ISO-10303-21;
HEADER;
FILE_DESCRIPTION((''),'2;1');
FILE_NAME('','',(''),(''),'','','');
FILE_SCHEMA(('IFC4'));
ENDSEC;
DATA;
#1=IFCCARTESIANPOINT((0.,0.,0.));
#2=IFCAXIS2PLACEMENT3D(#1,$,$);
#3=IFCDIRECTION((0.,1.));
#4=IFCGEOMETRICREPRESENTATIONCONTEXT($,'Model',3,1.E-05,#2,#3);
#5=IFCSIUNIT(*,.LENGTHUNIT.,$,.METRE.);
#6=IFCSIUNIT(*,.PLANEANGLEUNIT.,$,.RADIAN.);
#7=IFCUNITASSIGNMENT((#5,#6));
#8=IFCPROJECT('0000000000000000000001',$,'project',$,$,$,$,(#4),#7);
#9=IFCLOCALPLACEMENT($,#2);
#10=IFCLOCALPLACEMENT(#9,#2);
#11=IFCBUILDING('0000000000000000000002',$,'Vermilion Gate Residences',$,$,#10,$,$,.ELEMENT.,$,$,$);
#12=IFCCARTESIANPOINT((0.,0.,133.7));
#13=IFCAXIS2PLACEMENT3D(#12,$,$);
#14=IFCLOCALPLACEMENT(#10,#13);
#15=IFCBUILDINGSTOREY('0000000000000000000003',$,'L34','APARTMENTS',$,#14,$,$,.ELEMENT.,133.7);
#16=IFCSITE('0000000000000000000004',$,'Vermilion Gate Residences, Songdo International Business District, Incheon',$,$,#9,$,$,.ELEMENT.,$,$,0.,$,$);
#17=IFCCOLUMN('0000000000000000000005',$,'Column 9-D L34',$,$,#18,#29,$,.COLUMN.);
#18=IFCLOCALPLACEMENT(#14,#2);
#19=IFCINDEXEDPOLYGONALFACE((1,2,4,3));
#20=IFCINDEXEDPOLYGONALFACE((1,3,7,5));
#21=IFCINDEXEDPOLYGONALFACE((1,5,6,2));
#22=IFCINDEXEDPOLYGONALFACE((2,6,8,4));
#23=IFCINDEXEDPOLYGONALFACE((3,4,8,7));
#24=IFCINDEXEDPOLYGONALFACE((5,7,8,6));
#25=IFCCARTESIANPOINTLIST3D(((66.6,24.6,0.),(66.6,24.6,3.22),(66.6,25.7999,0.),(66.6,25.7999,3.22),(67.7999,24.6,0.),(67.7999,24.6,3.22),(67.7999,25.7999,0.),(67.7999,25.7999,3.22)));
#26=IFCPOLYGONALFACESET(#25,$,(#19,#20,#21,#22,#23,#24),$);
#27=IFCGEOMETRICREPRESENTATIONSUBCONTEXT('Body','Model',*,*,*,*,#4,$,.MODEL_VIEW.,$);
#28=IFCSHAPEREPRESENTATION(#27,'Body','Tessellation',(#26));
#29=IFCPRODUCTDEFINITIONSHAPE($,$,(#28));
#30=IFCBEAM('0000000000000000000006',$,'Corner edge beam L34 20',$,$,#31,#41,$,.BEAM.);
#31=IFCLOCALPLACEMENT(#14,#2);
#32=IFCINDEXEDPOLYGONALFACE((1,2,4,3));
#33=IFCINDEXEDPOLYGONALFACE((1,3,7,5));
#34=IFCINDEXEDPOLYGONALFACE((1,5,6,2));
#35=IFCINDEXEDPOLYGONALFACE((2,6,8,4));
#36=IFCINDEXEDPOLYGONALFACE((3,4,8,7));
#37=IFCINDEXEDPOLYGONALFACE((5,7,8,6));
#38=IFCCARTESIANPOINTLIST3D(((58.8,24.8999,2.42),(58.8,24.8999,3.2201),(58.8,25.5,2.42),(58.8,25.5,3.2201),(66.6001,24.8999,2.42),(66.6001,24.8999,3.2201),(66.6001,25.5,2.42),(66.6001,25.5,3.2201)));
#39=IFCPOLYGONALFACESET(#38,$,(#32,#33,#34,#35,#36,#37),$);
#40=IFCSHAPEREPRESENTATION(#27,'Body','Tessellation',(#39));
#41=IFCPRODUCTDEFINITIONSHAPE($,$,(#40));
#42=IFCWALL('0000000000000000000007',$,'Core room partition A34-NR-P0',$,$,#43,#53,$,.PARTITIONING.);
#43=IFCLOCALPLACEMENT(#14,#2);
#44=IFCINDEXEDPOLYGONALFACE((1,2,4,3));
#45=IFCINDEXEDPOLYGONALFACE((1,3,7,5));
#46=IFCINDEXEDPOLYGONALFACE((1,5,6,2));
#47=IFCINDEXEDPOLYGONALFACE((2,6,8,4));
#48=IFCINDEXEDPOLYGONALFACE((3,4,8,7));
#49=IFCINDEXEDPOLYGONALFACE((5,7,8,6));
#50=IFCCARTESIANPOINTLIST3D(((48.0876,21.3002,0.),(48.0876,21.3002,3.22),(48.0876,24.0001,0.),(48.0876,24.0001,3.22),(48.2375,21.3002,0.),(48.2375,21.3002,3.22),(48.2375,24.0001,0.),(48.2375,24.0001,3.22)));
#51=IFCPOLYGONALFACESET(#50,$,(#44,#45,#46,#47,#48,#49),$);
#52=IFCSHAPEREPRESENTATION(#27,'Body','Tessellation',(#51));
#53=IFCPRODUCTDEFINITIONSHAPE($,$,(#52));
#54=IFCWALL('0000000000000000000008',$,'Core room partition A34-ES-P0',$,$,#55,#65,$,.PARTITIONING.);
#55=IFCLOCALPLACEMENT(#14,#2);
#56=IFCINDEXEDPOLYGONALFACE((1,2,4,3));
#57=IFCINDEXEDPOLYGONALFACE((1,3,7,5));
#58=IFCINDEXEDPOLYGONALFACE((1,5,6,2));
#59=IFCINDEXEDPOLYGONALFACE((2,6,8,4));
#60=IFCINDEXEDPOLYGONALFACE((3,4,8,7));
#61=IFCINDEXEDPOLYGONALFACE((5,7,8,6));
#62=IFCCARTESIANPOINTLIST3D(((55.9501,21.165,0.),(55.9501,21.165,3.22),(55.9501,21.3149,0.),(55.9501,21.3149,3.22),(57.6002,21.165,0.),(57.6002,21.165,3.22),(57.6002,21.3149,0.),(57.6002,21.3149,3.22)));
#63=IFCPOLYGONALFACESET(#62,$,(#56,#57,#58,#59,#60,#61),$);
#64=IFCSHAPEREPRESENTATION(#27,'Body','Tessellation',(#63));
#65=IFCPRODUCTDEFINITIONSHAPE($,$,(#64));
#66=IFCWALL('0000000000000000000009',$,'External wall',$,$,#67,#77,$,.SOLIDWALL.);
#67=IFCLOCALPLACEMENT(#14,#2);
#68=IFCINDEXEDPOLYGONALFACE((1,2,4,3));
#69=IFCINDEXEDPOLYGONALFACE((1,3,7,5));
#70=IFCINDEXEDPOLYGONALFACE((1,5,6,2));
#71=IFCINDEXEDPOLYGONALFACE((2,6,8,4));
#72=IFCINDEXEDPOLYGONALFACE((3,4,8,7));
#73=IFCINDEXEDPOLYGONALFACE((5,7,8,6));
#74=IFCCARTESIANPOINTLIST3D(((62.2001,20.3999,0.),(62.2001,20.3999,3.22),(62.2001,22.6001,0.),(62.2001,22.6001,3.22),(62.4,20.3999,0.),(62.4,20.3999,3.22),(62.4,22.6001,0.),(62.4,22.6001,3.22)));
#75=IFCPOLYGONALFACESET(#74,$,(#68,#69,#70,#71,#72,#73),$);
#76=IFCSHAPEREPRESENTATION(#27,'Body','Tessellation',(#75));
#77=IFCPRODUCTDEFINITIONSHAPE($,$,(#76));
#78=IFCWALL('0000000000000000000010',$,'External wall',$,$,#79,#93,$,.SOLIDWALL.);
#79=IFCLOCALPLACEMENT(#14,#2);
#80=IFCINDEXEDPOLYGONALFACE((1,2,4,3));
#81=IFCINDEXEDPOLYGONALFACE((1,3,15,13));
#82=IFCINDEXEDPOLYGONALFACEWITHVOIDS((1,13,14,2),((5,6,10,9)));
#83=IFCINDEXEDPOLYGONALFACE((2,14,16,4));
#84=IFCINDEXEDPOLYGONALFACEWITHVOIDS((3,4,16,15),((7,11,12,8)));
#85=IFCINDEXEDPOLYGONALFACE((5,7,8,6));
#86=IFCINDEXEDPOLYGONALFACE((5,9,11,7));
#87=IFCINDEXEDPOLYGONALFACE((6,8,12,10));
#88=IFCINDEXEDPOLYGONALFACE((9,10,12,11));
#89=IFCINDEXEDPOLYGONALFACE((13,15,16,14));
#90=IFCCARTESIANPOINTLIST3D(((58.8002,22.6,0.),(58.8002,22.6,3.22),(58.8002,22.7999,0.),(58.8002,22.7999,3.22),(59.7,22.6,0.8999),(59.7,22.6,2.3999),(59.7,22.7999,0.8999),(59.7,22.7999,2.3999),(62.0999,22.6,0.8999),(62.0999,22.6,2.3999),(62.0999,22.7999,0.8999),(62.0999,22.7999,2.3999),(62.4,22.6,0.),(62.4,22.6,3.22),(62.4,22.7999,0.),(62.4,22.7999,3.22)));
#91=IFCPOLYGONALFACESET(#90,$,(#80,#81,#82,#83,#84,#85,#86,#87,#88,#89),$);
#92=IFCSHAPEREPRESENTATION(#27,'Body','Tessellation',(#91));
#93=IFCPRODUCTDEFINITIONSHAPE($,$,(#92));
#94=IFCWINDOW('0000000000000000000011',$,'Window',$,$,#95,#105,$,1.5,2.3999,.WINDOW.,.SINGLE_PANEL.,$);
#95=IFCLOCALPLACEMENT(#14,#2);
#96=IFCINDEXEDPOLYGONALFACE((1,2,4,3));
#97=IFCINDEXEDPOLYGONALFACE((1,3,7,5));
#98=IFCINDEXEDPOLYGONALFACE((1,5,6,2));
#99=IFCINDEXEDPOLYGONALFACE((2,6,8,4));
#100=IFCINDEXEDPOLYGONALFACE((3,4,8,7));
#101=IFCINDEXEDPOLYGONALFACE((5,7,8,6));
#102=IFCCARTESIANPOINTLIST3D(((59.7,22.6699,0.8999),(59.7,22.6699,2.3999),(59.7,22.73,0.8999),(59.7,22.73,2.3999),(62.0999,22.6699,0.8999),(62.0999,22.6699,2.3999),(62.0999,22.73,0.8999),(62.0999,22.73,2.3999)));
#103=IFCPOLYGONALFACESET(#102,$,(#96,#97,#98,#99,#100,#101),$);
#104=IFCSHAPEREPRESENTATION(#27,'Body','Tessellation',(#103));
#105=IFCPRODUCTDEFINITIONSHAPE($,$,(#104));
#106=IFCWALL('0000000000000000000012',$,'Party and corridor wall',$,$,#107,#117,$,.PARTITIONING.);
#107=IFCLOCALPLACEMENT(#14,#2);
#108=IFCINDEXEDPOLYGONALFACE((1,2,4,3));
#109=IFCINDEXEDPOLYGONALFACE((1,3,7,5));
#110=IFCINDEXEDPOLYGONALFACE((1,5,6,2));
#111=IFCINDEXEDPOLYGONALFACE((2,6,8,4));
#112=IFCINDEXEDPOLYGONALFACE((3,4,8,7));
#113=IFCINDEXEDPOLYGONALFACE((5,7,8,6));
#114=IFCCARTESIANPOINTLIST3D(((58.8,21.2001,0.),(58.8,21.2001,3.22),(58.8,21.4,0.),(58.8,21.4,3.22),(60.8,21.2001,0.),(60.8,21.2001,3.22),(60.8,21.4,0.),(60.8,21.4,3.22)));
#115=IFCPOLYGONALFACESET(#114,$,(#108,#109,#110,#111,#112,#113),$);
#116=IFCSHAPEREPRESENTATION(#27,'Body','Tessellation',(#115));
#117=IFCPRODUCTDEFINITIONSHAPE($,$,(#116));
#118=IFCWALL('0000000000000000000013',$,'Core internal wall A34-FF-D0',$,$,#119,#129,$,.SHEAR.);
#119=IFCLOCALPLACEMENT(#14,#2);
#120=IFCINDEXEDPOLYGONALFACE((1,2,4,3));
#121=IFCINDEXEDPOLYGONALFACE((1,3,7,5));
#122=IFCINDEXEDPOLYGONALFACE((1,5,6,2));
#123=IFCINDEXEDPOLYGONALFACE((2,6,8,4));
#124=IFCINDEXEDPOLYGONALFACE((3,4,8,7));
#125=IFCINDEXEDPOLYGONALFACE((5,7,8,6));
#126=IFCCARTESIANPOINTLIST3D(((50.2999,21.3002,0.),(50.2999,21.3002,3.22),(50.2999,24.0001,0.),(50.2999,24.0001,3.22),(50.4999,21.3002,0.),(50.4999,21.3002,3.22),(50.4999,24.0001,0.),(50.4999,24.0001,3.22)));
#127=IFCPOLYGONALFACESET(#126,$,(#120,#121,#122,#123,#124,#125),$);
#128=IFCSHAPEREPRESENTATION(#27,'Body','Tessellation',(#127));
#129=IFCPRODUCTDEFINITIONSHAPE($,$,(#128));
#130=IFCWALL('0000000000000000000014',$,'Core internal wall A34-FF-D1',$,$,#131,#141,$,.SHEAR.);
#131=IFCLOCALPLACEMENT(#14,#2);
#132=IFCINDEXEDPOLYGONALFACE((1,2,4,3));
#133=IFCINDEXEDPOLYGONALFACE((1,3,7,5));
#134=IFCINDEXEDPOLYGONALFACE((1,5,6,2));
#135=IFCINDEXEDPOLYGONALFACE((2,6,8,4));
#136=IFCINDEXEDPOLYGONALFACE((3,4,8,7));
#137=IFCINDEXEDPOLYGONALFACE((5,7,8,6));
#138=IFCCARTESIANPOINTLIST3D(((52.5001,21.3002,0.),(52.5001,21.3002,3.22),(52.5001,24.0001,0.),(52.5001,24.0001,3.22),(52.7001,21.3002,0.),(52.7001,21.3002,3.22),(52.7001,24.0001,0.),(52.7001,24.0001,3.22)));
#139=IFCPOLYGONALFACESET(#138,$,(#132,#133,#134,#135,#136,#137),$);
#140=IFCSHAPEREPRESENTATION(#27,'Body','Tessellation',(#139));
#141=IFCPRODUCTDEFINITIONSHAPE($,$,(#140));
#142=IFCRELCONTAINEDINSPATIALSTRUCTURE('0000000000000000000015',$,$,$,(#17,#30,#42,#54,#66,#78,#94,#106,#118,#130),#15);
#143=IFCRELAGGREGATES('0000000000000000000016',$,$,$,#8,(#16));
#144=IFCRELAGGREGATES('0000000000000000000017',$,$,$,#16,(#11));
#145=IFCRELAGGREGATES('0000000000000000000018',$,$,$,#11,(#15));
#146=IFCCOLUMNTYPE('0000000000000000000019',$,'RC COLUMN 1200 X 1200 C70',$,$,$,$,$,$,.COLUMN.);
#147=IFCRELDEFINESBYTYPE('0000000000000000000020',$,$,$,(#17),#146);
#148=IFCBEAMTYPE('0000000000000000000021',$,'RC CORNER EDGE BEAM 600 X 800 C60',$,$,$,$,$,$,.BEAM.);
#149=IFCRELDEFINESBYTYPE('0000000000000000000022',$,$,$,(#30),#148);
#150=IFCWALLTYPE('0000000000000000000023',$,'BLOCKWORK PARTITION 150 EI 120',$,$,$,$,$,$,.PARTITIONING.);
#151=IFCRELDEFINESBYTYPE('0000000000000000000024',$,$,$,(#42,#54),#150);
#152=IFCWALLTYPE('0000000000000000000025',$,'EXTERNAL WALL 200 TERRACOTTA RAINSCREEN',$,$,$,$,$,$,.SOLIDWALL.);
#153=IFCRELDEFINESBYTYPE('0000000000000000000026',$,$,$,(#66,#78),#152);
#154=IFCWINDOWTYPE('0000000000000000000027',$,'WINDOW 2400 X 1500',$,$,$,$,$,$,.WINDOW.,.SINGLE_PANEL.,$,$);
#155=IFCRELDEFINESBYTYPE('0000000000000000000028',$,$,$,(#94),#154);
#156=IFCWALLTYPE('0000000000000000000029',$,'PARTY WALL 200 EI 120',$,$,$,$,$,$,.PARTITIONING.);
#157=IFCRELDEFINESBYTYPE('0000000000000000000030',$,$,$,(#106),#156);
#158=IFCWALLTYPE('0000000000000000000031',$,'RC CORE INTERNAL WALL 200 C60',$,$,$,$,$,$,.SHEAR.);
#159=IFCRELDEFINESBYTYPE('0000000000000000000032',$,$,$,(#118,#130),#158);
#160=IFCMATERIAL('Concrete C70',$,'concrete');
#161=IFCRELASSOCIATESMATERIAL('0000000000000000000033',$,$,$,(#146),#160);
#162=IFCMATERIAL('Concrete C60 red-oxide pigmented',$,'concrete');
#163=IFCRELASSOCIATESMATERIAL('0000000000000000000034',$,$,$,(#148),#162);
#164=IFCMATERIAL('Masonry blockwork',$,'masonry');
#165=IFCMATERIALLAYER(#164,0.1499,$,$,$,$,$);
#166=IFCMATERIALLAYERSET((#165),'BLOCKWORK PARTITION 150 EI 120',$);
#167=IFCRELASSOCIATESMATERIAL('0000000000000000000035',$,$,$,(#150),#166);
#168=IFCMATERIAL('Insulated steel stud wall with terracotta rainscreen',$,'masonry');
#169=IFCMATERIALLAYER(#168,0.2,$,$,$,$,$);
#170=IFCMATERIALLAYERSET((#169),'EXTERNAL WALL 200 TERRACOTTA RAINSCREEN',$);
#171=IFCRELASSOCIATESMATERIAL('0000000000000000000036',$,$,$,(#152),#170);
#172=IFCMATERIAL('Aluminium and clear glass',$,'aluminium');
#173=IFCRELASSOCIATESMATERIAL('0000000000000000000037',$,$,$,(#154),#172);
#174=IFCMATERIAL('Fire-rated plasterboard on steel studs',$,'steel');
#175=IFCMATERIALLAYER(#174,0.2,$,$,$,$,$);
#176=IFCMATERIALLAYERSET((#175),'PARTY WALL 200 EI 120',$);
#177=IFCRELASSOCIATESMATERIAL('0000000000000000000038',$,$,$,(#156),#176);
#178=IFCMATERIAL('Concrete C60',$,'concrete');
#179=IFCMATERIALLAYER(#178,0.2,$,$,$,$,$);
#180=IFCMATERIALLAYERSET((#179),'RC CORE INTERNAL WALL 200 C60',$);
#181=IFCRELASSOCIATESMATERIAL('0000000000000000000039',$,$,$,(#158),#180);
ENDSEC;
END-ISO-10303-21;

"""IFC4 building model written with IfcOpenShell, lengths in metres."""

from ifc_helpers import new_model, si_unit, direction, frame, frame_2d, origin, origin_2d, place, context, subcontext, project, spatial, rectangle, extrude, material, layer, layer_set, material_profile, profile_set, type_object, element, fill, save


model = new_model("IFC4")

# Units and contexts
model_context = context("Model", 3, precision=1e-05, world=origin(), true_north=direction((0.0, 1.0)))
body_context = subcontext(model_context, "Body", "Model", "MODEL_VIEW")
ifc_project = project(units=[si_unit("LENGTHUNIT", "METRE"), si_unit("PLANEANGLEUNIT", "RADIAN")], contexts=[model_context])

# Site, building, storey
site_placement = place(None, origin())
site = spatial("IfcSite", under=ifc_project, at=site_placement, Name="Vermilion Gate Residences, Songdo International Business District, Incheon", CompositionType="ELEMENT", RefElevation=0.0)
building_placement = place(site_placement, origin())
building = spatial("IfcBuilding", under=site, at=building_placement, Name="Vermilion Gate Residences", CompositionType="ELEMENT")
storey_placement = place(building_placement, frame((0.0, 0.0, 133.7)))
storey = spatial("IfcBuildingStorey", under=building, at=storey_placement, Name="L34", Description="APARTMENTS", CompositionType="ELEMENT", Elevation=133.7)

# Column
ifc_material_1 = material(Name="Concrete C70", Category="concrete")
ifc_material_profile_1 = material_profile(ifc_material_1, rectangle(XDim=1.2, YDim=1.2, at=origin_2d()), Name="RC-1200x1200")
ifc_profile_set_1 = profile_set([ifc_material_profile_1], Name="Concrete C70")
column_type = type_object("IfcColumnType", Name="RC COLUMN 1200 X 1200 C70", PredefinedType="COLUMN", material=ifc_profile_set_1)
column_placement = place(storey_placement, frame((67.2, 25.2, 0.0), z_axis=(0.0, 0.0, 1.0), x_axis=(1.0, 0.0, 0.0)))
element("IfcColumn", 1, at=column_placement, inside=storey, type_object=column_type, Name="Column 9-D L34", PredefinedType="COLUMN", context=body_context, shape_type="SweptSolid", body=[
    extrude(rectangle(XDim=1.2, YDim=1.2, at=origin_2d()), origin(), (0.0, 0.0, 1.0), 3.22),
])

# Beam
ifc_material_2 = material(Name="Concrete C60 red-oxide pigmented", Category="concrete")
ifc_material_profile_2 = material_profile(ifc_material_2, rectangle(XDim=0.6001, YDim=0.8, at=origin_2d()), Name="RC-600x800")
ifc_profile_set_2 = profile_set([ifc_material_profile_2], Name="Concrete C60 red-oxide pigmented")
beam_type = type_object("IfcBeamType", Name="RC CORNER EDGE BEAM 600 X 800 C60", PredefinedType="BEAM", material=ifc_profile_set_2)
beam_placement = place(storey_placement, frame((58.8, 25.2, 2.8201), z_axis=(1.0, 0.0, 0.0), x_axis=(0.0, 1.0, 0.0)))
element("IfcBeam", 2, at=beam_placement, inside=storey, type_object=beam_type, Name="Corner edge beam L34 20", PredefinedType="BEAM", context=body_context, shape_type="SweptSolid", body=[
    extrude(rectangle(XDim=0.6001, YDim=0.8, at=origin_2d()), origin(), (0.0, 0.0, 1.0), 7.8),
])

# Walls
ifc_material_3 = material(Name="Masonry blockwork", Category="masonry")
ifc_layer_1 = layer(ifc_material_3, 0.1499)
ifc_layer_set_1 = layer_set([ifc_layer_1], Name="BLOCKWORK PARTITION 150 EI 120")
wall_type_1 = type_object("IfcWallType", Name="BLOCKWORK PARTITION 150 EI 120", PredefinedType="PARTITIONING", material=ifc_layer_set_1)
wall_1_placement = place(storey_placement, frame((48.1626, 21.3, 0.0), z_axis=(0.0, 0.0, 1.0), x_axis=(0.0, 1.0, 0.0)))
element("IfcWall", 3, at=wall_1_placement, inside=storey, type_object=wall_type_1, Name="Core room partition A34-NR-P0", PredefinedType="PARTITIONING", context=body_context, shape_type="SweptSolid", body=[
    extrude(rectangle(XDim=2.7, YDim=0.1499, at=frame_2d((1.3501, 0.0))), origin(), (0.0, 0.0, 1.0), 3.22),
])
wall_2_placement = place(storey_placement, frame((55.95, 21.24, 0.0), z_axis=(0.0, 0.0, 1.0), x_axis=(1.0, 0.0, 0.0)))
element("IfcWall", 4, at=wall_2_placement, inside=storey, type_object=wall_type_1, Name="Core room partition A34-ES-P0", PredefinedType="PARTITIONING", context=body_context, shape_type="SweptSolid", body=[
    extrude(rectangle(XDim=1.6501, YDim=0.1499, at=frame_2d((0.8252, 0.0))), origin(), (0.0, 0.0, 1.0), 3.22),
])
ifc_material_4 = material(Name="Insulated steel stud wall with terracotta rainscreen", Category="masonry")
ifc_layer_2 = layer(ifc_material_4, 0.2)
ifc_layer_set_2 = layer_set([ifc_layer_2], Name="EXTERNAL WALL 200 TERRACOTTA RAINSCREEN")
wall_type_2 = type_object("IfcWallType", Name="EXTERNAL WALL 200 TERRACOTTA RAINSCREEN", PredefinedType="SOLIDWALL", material=ifc_layer_set_2)
wall_3_placement = place(storey_placement, frame((62.3, 20.3999, 0.0), z_axis=(0.0, 0.0, 1.0), x_axis=(0.0, 1.0, 0.0)))
element("IfcWall", 5, at=wall_3_placement, inside=storey, type_object=wall_type_2, Name="External wall", PredefinedType="SOLIDWALL", context=body_context, shape_type="SweptSolid", body=[
    extrude(rectangle(XDim=2.2002, YDim=0.2, at=frame_2d((1.1001, 0.0))), origin(), (0.0, 0.0, 1.0), 3.22),
])

# Wall, opening, window
wall_4_placement = place(storey_placement, frame((62.3999, 22.7, 0.0), z_axis=(0.0, 0.0, 1.0), x_axis=(-1.0, 0.0, 0.0)))
wall_4 = element("IfcWall", 6, at=wall_4_placement, inside=storey, type_object=wall_type_2, Name="External wall", PredefinedType="SOLIDWALL", context=body_context, shape_type="SweptSolid", body=[
    extrude(rectangle(XDim=3.5999, YDim=0.2, at=frame_2d((1.7998, 0.0))), origin(), (0.0, 0.0, 1.0), 3.22),
])
opening_1_placement = place(wall_4_placement, frame((0.3, 0.0, 0.8999)))
opening_1 = element("IfcOpeningElement", 7, at=opening_1_placement, cuts=wall_4, PredefinedType="OPENING", context=body_context, shape_type="SweptSolid", body=[
    extrude(rectangle(XDim=2.3999, YDim=1.5, at=frame_2d((1.2, 0.75))), frame((0.0, 0.1099, 0.0), z_axis=(0.0, -1.0, 0.0), x_axis=(1.0, 0.0, 0.0)), (0.0, 0.0, 1.0), 0.22),
])
ifc_material_5 = material(Name="Aluminium and clear glass", Category="aluminium")
window_type = type_object("IfcWindowType", Name="WINDOW 2400 X 1500", PartitioningType="SINGLE_PANEL", PredefinedType="WINDOW", material=ifc_material_5)
window_placement = place(opening_1_placement, origin())
window = element("IfcWindow", 8, at=window_placement, inside=storey, type_object=window_type, Name="Window", OverallHeight=1.5, OverallWidth=2.3999, PartitioningType="SINGLE_PANEL", PredefinedType="WINDOW", context=body_context, shape_type="SweptSolid", body=[
    extrude(rectangle(XDim=2.3999, YDim=1.5, at=frame_2d((1.2, 0.75))), frame((0.0, 0.03, 0.0), z_axis=(0.0, -1.0, 0.0), x_axis=(1.0, 0.0, 0.0)), (0.0, 0.0, 1.0), 0.0601),
])
fill(opening_1, window)

# Walls
ifc_material_6 = material(Name="Fire-rated plasterboard on steel studs", Category="steel")
ifc_layer_3 = layer(ifc_material_6, 0.2)
ifc_layer_set_3 = layer_set([ifc_layer_3], Name="PARTY WALL 200 EI 120")
wall_type_3 = type_object("IfcWallType", Name="PARTY WALL 200 EI 120", PredefinedType="PARTITIONING", material=ifc_layer_set_3)
wall_5_placement = place(storey_placement, frame((58.8, 21.3, 0.0), z_axis=(0.0, 0.0, 1.0), x_axis=(1.0, 0.0, 0.0)))
element("IfcWall", 9, at=wall_5_placement, inside=storey, type_object=wall_type_3, Name="Party and corridor wall", PredefinedType="PARTITIONING", context=body_context, shape_type="SweptSolid", body=[
    extrude(rectangle(XDim=2.0, YDim=0.2, at=frame_2d((1.0, 0.0))), origin(), (0.0, 0.0, 1.0), 3.22),
])
ifc_material_7 = material(Name="Concrete C60", Category="concrete")
ifc_layer_4 = layer(ifc_material_7, 0.2)
ifc_layer_set_4 = layer_set([ifc_layer_4], Name="RC CORE INTERNAL WALL 200 C60")
wall_type_4 = type_object("IfcWallType", Name="RC CORE INTERNAL WALL 200 C60", PredefinedType="SHEAR", material=ifc_layer_set_4)
for number, where, z_axis, x_axis, name in (
    (10, (50.3999, 21.3, 0.0), (0.0, 0.0, 1.0), (0.0, 1.0, 0.0), "Core internal wall A34-FF-D0"),
    (11, (52.6001, 21.3, 0.0), (0.0, 0.0, 1.0), (0.0, 1.0, 0.0), "Core internal wall A34-FF-D1"),
):
    element("IfcWall", number, at=place(storey_placement, frame(where, z_axis=z_axis, x_axis=x_axis)), inside=storey, type_object=wall_type_4, Name=name, PredefinedType="SHEAR", context=body_context, shape_type="SweptSolid", body=[
        extrude(rectangle(XDim=2.7, YDim=0.2, at=frame_2d((1.3501, 0.0))), origin(), (0.0, 0.0, 1.0), 3.22),
    ])

save(model, "model.ifc")
